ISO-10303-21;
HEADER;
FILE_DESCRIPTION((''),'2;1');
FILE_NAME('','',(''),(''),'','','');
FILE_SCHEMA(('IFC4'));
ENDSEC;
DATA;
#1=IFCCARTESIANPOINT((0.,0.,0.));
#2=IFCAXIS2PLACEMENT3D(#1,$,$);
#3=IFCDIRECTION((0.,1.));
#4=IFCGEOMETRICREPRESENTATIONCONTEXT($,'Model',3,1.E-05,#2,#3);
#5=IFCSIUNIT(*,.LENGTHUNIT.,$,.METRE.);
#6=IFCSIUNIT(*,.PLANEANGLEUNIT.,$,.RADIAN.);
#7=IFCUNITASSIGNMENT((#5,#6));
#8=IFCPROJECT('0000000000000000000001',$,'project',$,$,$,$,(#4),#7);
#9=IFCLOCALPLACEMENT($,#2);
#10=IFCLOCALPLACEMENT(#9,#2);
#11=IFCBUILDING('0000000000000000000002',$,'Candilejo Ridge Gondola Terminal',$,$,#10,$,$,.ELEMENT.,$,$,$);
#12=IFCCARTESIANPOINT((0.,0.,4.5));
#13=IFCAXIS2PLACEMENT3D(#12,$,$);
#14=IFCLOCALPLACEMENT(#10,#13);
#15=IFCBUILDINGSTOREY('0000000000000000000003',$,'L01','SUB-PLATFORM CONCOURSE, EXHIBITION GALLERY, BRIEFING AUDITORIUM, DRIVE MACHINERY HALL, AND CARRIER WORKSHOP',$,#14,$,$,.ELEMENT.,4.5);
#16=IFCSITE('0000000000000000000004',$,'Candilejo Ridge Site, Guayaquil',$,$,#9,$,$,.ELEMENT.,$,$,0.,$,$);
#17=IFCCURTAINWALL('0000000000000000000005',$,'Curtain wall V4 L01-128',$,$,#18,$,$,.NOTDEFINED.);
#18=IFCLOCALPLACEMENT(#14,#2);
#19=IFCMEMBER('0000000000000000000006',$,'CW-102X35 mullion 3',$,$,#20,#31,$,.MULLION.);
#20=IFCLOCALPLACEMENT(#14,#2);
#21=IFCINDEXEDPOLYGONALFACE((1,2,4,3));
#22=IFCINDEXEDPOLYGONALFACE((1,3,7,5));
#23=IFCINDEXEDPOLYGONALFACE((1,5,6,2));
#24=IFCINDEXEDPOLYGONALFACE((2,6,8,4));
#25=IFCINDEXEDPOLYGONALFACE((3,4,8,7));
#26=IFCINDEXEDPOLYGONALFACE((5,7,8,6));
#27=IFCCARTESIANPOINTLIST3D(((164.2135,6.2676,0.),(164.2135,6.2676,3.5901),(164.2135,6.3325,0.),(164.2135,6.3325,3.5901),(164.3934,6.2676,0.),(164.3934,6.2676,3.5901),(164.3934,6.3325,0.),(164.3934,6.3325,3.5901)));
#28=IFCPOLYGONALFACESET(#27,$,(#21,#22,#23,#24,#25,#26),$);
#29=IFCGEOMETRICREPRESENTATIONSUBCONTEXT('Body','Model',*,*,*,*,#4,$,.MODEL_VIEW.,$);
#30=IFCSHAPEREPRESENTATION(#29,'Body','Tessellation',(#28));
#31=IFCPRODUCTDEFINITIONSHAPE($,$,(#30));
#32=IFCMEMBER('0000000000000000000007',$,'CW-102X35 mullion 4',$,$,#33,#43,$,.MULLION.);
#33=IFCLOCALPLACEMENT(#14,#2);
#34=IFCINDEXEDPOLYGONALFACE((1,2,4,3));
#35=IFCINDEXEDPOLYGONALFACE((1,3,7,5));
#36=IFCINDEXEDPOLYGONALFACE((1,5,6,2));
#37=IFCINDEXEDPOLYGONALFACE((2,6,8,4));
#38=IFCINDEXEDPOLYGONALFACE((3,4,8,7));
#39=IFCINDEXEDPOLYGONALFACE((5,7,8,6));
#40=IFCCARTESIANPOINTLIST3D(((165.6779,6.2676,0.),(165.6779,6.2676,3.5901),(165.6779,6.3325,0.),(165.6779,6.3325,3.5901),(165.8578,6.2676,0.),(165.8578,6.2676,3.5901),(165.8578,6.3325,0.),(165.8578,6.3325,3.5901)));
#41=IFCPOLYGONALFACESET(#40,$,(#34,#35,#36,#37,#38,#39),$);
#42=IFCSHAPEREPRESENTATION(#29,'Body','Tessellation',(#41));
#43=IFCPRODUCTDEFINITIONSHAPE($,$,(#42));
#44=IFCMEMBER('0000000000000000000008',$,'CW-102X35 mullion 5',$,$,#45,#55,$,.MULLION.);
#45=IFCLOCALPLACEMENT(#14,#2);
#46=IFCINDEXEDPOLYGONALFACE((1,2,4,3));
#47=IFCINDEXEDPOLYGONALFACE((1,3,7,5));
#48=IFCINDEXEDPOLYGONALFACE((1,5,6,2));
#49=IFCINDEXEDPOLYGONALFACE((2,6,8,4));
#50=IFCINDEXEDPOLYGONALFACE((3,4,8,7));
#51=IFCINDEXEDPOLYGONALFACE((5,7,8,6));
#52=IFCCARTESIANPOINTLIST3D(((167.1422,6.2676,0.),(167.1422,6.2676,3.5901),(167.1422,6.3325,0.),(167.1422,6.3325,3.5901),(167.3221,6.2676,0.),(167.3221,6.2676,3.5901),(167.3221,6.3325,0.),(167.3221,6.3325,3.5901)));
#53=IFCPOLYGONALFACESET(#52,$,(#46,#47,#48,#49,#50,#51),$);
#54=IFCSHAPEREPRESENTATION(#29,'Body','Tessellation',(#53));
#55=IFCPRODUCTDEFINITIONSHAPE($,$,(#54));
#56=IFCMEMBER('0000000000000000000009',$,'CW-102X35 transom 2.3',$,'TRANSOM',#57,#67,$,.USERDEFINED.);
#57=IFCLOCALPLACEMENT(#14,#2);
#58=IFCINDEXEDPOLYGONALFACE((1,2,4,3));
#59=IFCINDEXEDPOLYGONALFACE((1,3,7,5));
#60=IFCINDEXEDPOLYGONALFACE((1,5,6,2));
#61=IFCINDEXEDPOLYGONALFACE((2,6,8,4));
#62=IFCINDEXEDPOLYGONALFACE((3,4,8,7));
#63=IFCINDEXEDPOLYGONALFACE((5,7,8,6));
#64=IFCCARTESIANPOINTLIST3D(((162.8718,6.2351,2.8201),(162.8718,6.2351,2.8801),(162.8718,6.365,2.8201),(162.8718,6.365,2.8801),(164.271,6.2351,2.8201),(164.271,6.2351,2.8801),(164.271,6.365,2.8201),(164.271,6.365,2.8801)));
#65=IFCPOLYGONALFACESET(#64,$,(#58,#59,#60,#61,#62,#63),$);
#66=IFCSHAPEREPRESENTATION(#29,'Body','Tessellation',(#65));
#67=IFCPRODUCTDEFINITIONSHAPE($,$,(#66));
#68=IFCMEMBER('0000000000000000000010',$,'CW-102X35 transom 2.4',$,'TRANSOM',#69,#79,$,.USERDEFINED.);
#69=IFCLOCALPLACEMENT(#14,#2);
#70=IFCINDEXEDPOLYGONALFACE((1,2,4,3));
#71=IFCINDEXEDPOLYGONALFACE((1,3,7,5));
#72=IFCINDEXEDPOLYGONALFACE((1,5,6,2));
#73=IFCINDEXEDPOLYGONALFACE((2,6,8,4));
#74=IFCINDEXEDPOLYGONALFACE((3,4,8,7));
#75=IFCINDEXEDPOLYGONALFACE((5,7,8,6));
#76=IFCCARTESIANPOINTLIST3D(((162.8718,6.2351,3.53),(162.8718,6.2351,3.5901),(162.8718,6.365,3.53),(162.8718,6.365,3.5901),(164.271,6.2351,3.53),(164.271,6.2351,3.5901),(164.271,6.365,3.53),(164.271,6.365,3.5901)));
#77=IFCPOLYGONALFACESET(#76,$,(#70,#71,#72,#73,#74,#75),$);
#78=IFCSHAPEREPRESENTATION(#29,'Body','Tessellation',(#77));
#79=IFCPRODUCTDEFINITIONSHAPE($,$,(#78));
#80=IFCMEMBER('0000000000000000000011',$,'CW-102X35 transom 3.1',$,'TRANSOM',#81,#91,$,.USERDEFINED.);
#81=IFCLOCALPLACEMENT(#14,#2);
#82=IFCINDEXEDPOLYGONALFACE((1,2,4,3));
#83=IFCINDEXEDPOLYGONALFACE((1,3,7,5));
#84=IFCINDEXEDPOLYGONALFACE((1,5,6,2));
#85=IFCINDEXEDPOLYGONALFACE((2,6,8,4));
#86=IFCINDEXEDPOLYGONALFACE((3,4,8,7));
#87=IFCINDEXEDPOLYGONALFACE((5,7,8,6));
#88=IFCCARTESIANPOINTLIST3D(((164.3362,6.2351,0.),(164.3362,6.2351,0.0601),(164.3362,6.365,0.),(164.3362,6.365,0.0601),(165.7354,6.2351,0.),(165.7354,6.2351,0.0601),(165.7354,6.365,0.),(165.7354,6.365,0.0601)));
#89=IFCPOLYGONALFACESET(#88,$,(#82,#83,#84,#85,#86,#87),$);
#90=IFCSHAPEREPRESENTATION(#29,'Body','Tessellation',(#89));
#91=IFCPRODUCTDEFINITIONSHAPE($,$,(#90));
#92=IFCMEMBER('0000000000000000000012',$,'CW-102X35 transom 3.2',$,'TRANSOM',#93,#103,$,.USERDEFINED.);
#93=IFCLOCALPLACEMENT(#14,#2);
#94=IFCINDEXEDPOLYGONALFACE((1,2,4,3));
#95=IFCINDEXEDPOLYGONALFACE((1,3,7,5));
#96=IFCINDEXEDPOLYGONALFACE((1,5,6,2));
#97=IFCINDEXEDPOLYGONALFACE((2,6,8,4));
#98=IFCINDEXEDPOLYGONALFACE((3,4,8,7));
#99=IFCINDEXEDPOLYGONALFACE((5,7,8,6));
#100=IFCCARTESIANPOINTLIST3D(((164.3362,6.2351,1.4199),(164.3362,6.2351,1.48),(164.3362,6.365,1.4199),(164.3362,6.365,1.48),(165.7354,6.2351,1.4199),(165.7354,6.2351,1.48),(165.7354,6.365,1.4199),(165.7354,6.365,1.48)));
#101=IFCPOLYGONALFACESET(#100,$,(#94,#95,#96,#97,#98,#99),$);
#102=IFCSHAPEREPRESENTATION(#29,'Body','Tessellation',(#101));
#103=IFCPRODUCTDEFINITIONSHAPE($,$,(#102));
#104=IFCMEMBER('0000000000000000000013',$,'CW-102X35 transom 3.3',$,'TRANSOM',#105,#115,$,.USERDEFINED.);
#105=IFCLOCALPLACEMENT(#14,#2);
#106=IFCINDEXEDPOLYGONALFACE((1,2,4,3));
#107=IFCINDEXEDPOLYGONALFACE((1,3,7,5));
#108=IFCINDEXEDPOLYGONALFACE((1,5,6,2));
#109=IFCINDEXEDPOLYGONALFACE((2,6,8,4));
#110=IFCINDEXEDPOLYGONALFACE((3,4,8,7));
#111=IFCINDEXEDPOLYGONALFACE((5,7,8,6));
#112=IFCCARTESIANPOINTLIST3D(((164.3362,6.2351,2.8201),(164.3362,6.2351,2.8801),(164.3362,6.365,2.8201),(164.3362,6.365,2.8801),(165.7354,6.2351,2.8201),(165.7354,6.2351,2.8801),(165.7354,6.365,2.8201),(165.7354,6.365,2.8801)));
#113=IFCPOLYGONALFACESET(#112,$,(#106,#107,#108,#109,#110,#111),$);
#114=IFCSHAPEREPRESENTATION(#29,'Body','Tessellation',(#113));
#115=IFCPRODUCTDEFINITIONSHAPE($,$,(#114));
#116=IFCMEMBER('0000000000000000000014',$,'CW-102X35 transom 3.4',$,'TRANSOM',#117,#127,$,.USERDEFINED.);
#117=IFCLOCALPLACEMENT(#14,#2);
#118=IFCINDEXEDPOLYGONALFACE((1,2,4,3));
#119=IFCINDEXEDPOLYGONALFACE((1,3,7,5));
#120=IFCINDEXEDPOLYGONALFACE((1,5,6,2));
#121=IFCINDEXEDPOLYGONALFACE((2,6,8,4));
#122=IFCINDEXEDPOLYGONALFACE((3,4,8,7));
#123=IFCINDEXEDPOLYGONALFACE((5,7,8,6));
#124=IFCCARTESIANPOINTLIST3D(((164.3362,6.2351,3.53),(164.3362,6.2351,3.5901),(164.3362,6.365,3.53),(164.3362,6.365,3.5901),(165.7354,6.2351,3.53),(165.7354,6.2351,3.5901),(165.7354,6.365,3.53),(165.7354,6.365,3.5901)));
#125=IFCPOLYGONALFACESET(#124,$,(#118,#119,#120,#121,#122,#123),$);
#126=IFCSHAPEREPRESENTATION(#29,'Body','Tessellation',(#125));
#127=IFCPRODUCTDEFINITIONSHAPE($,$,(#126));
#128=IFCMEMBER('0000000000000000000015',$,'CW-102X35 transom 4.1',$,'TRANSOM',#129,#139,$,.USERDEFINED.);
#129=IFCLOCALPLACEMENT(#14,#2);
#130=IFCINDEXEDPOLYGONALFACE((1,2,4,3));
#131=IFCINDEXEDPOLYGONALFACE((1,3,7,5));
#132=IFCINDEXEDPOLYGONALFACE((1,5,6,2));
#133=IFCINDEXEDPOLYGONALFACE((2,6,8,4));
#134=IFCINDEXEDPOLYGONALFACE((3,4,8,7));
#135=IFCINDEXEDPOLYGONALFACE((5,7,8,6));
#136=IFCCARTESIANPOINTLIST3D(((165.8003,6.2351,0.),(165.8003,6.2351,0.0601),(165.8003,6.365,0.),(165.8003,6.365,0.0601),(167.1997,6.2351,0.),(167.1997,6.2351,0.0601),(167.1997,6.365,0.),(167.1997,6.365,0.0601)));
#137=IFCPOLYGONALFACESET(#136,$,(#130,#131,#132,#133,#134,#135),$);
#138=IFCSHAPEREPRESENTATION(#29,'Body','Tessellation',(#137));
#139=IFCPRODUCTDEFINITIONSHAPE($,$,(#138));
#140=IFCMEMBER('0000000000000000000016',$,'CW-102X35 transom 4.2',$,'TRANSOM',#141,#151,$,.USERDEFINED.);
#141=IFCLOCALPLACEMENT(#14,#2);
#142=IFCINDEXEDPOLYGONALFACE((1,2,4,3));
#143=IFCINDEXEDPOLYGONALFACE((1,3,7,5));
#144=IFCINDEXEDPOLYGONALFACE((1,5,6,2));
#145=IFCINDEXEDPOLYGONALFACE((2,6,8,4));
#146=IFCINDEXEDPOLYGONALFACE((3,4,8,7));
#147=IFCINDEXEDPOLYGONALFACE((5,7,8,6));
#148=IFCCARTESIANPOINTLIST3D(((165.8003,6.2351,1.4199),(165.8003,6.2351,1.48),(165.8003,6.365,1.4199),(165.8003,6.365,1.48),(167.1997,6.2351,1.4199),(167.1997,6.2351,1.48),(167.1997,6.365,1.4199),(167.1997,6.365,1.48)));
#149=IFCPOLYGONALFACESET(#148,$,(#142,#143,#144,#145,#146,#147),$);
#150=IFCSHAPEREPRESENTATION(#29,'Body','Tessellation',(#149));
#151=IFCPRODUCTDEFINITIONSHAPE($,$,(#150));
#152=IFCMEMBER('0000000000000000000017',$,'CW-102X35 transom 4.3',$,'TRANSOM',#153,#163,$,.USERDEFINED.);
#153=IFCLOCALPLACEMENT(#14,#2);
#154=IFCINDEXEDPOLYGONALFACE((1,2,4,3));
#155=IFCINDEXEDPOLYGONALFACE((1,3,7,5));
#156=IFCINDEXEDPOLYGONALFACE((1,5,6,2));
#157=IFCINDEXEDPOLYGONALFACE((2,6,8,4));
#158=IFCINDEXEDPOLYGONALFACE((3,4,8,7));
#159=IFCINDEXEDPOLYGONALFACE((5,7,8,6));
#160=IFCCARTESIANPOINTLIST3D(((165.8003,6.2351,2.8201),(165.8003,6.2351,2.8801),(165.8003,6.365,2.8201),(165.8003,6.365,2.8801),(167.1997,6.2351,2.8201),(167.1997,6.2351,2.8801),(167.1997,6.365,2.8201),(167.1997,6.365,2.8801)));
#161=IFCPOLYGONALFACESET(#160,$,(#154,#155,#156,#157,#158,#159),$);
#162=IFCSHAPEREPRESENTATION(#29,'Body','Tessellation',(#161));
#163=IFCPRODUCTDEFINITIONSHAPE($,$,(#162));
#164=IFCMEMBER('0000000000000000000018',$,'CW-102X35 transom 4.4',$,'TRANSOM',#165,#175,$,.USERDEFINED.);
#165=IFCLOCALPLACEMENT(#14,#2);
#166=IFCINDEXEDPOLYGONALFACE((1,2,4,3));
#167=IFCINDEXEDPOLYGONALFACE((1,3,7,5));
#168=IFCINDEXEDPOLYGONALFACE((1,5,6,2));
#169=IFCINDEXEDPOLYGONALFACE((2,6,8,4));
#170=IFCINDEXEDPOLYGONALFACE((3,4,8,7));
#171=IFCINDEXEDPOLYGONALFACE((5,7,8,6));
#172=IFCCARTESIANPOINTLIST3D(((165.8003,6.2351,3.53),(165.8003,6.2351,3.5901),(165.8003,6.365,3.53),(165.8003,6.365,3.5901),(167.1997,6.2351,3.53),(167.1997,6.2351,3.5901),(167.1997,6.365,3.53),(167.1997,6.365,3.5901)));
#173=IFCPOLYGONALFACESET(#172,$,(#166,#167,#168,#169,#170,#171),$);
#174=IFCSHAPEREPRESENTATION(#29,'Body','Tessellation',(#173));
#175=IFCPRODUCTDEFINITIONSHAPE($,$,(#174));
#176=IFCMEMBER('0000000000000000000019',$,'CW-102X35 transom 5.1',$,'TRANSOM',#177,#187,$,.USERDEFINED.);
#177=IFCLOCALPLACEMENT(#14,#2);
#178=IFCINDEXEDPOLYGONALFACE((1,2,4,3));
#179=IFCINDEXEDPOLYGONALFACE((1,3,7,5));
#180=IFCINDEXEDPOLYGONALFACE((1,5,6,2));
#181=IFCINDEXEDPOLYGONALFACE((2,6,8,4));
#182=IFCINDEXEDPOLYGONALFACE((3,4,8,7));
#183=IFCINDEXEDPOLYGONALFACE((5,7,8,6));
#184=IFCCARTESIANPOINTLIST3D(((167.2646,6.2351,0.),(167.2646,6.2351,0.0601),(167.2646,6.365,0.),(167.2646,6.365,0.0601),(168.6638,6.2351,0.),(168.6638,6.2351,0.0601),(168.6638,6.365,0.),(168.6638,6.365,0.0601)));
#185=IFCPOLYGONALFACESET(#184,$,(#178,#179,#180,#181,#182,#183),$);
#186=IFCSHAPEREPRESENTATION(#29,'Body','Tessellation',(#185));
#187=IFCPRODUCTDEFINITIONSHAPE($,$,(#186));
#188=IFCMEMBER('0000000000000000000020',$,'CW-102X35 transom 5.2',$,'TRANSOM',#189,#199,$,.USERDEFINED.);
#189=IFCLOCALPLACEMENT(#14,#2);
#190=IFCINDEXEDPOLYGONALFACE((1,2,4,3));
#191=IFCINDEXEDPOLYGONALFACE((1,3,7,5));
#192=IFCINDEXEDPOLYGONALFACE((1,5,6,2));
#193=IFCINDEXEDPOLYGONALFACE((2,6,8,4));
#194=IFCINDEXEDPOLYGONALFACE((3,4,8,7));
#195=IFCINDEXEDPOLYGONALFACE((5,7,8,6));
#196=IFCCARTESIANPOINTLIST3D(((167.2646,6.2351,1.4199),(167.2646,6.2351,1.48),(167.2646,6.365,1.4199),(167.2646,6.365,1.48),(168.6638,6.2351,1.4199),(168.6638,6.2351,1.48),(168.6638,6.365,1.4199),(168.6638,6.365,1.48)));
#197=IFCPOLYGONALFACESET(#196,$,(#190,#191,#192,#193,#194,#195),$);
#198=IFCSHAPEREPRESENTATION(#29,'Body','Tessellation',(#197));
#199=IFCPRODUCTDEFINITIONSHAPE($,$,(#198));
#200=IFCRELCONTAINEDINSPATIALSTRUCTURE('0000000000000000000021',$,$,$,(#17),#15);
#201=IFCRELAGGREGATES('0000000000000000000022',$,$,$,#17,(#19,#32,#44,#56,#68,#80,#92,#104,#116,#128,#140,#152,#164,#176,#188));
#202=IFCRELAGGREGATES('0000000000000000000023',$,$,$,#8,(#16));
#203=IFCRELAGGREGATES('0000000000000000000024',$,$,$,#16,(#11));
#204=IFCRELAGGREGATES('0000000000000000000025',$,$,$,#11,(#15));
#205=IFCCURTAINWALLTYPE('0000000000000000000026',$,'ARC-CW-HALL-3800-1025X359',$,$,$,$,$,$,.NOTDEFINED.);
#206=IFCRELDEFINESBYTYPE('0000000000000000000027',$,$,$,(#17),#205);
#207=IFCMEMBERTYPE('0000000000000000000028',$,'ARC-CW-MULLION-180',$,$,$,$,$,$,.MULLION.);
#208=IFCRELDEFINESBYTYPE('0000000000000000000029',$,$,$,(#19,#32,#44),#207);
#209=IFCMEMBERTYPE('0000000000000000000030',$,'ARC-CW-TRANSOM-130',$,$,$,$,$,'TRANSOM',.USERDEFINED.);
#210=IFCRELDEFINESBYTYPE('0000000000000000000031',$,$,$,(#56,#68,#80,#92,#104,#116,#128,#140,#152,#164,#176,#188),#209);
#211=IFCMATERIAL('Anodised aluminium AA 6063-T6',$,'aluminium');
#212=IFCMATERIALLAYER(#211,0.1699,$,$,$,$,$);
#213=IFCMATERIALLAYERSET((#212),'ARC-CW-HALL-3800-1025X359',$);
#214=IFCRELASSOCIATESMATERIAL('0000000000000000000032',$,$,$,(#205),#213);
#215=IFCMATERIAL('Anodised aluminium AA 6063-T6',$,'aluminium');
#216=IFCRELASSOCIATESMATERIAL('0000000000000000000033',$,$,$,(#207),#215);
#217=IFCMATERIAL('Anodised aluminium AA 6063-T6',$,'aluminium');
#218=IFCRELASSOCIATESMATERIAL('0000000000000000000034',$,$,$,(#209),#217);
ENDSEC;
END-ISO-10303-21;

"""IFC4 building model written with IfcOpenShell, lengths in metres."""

from ifc_helpers import new_model, si_unit, direction, frame, origin, origin_2d, place, context, subcontext, project, spatial, rectangle, extrude, material, layer, layer_set, material_profile, profile_set, type_object, element, aggregate, save


model = new_model("IFC4")

# Units and contexts
model_context = context("Model", 3, precision=1e-05, world=origin(), true_north=direction((0.0, 1.0)))
body_context = subcontext(model_context, "Body", "Model", "MODEL_VIEW")
ifc_project = project(units=[si_unit("LENGTHUNIT", "METRE"), si_unit("PLANEANGLEUNIT", "RADIAN")], contexts=[model_context])

# Site, building, storey
site_placement = place(None, origin())
site = spatial("IfcSite", under=ifc_project, at=site_placement, Name="Candilejo Ridge Site, Guayaquil", CompositionType="ELEMENT", RefElevation=0.0)
building_placement = place(site_placement, origin())
building = spatial("IfcBuilding", under=site, at=building_placement, Name="Candilejo Ridge Gondola Terminal", CompositionType="ELEMENT")
storey_placement = place(building_placement, frame((0.0, 0.0, 4.5)))
storey = spatial("IfcBuildingStorey", under=building, at=storey_placement, Name="L01", Description="SUB-PLATFORM CONCOURSE, EXHIBITION GALLERY, BRIEFING AUDITORIUM, DRIVE MACHINERY HALL, AND CARRIER WORKSHOP", CompositionType="ELEMENT", Elevation=4.5)

# Curtain wall, members
ifc_material_1 = material(Name="Anodised aluminium AA 6063-T6", Category="aluminium")
ifc_layer_1 = layer(ifc_material_1, 0.1699)
ifc_layer_set_1 = layer_set([ifc_layer_1], Name="ARC-CW-HALL-3800-1025X359")
curtain_wall_type = type_object("IfcCurtainWallType", Name="ARC-CW-HALL-3800-1025X359", PredefinedType="NOTDEFINED", material=ifc_layer_set_1)
curtain_wall_placement = place(storey_placement, origin())
curtain_wall = element("IfcCurtainWall", 1, at=curtain_wall_placement, inside=storey, type_object=curtain_wall_type, Name="Curtain wall V4 L01-128", PredefinedType="NOTDEFINED")
ifc_material_2 = material(Name="Anodised aluminium AA 6063-T6", Category="aluminium")
ifc_material_profile_1 = material_profile(ifc_material_2, rectangle(XDim=0.0649, YDim=0.1799, at=origin_2d()))
ifc_profile_set_1 = profile_set([ifc_material_profile_1], Name="Anodised aluminium AA 6063-T6")
member_type_1 = type_object("IfcMemberType", Name="ARC-CW-MULLION-180", PredefinedType="MULLION", material=ifc_profile_set_1)
member_1_placement = place(storey_placement, frame((164.3035, 6.3, 0.0), z_axis=(0.0, 0.0, 1.0), x_axis=(0.0, 1.0, 0.0)))
member_1 = element("IfcMember", 2, at=member_1_placement, type_object=member_type_1, Name="CW-102X35 mullion 3", PredefinedType="MULLION", context=body_context, shape_type="SweptSolid", body=[
    extrude(rectangle(XDim=0.0649, YDim=0.1799, at=origin_2d()), origin(), (0.0, 0.0, 1.0), 3.5901),
])
member_2_placement = place(storey_placement, frame((165.7678, 6.3, 0.0), z_axis=(0.0, 0.0, 1.0), x_axis=(0.0, 1.0, 0.0)))
member_2 = element("IfcMember", 3, at=member_2_placement, type_object=member_type_1, Name="CW-102X35 mullion 4", PredefinedType="MULLION", context=body_context, shape_type="SweptSolid", body=[
    extrude(rectangle(XDim=0.0649, YDim=0.1799, at=origin_2d()), origin(), (0.0, 0.0, 1.0), 3.5901),
])
member_3_placement = place(storey_placement, frame((167.2322, 6.3, 0.0), z_axis=(0.0, 0.0, 1.0), x_axis=(0.0, 1.0, 0.0)))
member_3 = element("IfcMember", 4, at=member_3_placement, type_object=member_type_1, Name="CW-102X35 mullion 5", PredefinedType="MULLION", context=body_context, shape_type="SweptSolid", body=[
    extrude(rectangle(XDim=0.0649, YDim=0.1799, at=origin_2d()), origin(), (0.0, 0.0, 1.0), 3.5901),
])
ifc_material_3 = material(Name="Anodised aluminium AA 6063-T6", Category="aluminium")
ifc_material_profile_2 = material_profile(ifc_material_3, rectangle(XDim=0.1299, YDim=0.0601, at=origin_2d()))
ifc_profile_set_2 = profile_set([ifc_material_profile_2], Name="Anodised aluminium AA 6063-T6")
member_type_2 = type_object("IfcMemberType", Name="ARC-CW-TRANSOM-130", ElementType="TRANSOM", PredefinedType="USERDEFINED", material=ifc_profile_set_2)
member_4_placement = place(storey_placement, frame((162.8718, 6.3, 2.8501), z_axis=(1.0, 0.0, 0.0), x_axis=(0.0, 1.0, 0.0)))
member_4 = element("IfcMember", 5, at=member_4_placement, type_object=member_type_2, Name="CW-102X35 transom 2.3", ObjectType="TRANSOM", PredefinedType="USERDEFINED", context=body_context, shape_type="SweptSolid", body=[
    extrude(rectangle(XDim=0.1299, YDim=0.0601, at=origin_2d()), origin(), (0.0, 0.0, 1.0), 1.3992),
])
member_5_placement = place(storey_placement, frame((162.8718, 6.3, 3.5601), z_axis=(1.0, 0.0, 0.0), x_axis=(0.0, 1.0, 0.0)))
member_5 = element("IfcMember", 6, at=member_5_placement, type_object=member_type_2, Name="CW-102X35 transom 2.4", ObjectType="TRANSOM", PredefinedType="USERDEFINED", context=body_context, shape_type="SweptSolid", body=[
    extrude(rectangle(XDim=0.1299, YDim=0.0601, at=origin_2d()), origin(), (0.0, 0.0, 1.0), 1.3992),
])
member_6_placement = place(storey_placement, frame((164.3362, 6.3, 0.03), z_axis=(1.0, 0.0, 0.0), x_axis=(0.0, 1.0, 0.0)))
member_6 = element("IfcMember", 7, at=member_6_placement, type_object=member_type_2, Name="CW-102X35 transom 3.1", ObjectType="TRANSOM", PredefinedType="USERDEFINED", context=body_context, shape_type="SweptSolid", body=[
    extrude(rectangle(XDim=0.1299, YDim=0.0601, at=origin_2d()), origin(), (0.0, 0.0, 1.0), 1.3992),
])
member_7_placement = place(storey_placement, frame((164.3362, 6.3, 1.45), z_axis=(1.0, 0.0, 0.0), x_axis=(0.0, 1.0, 0.0)))
member_7 = element("IfcMember", 8, at=member_7_placement, type_object=member_type_2, Name="CW-102X35 transom 3.2", ObjectType="TRANSOM", PredefinedType="USERDEFINED", context=body_context, shape_type="SweptSolid", body=[
    extrude(rectangle(XDim=0.1299, YDim=0.0601, at=origin_2d()), origin(), (0.0, 0.0, 1.0), 1.3992),
])
member_8_placement = place(storey_placement, frame((164.3362, 6.3, 2.8501), z_axis=(1.0, 0.0, 0.0), x_axis=(0.0, 1.0, 0.0)))
member_8 = element("IfcMember", 9, at=member_8_placement, type_object=member_type_2, Name="CW-102X35 transom 3.3", ObjectType="TRANSOM", PredefinedType="USERDEFINED", context=body_context, shape_type="SweptSolid", body=[
    extrude(rectangle(XDim=0.1299, YDim=0.0601, at=origin_2d()), origin(), (0.0, 0.0, 1.0), 1.3992),
])
member_9_placement = place(storey_placement, frame((164.3362, 6.3, 3.5601), z_axis=(1.0, 0.0, 0.0), x_axis=(0.0, 1.0, 0.0)))
member_9 = element("IfcMember", 10, at=member_9_placement, type_object=member_type_2, Name="CW-102X35 transom 3.4", ObjectType="TRANSOM", PredefinedType="USERDEFINED", context=body_context, shape_type="SweptSolid", body=[
    extrude(rectangle(XDim=0.1299, YDim=0.0601, at=origin_2d()), origin(), (0.0, 0.0, 1.0), 1.3992),
])
member_10_placement = place(storey_placement, frame((165.8003, 6.3, 0.03), z_axis=(1.0, 0.0, 0.0), x_axis=(0.0, 1.0, 0.0)))
member_10 = element("IfcMember", 11, at=member_10_placement, type_object=member_type_2, Name="CW-102X35 transom 4.1", ObjectType="TRANSOM", PredefinedType="USERDEFINED", context=body_context, shape_type="SweptSolid", body=[
    extrude(rectangle(XDim=0.1299, YDim=0.0601, at=origin_2d()), origin(), (0.0, 0.0, 1.0), 1.3994),
])
member_11_placement = place(storey_placement, frame((165.8003, 6.3, 1.45), z_axis=(1.0, 0.0, 0.0), x_axis=(0.0, 1.0, 0.0)))
member_11 = element("IfcMember", 12, at=member_11_placement, type_object=member_type_2, Name="CW-102X35 transom 4.2", ObjectType="TRANSOM", PredefinedType="USERDEFINED", context=body_context, shape_type="SweptSolid", body=[
    extrude(rectangle(XDim=0.1299, YDim=0.0601, at=origin_2d()), origin(), (0.0, 0.0, 1.0), 1.3994),
])
member_12_placement = place(storey_placement, frame((165.8003, 6.3, 2.8501), z_axis=(1.0, 0.0, 0.0), x_axis=(0.0, 1.0, 0.0)))
member_12 = element("IfcMember", 13, at=member_12_placement, type_object=member_type_2, Name="CW-102X35 transom 4.3", ObjectType="TRANSOM", PredefinedType="USERDEFINED", context=body_context, shape_type="SweptSolid", body=[
    extrude(rectangle(XDim=0.1299, YDim=0.0601, at=origin_2d()), origin(), (0.0, 0.0, 1.0), 1.3994),
])
member_13_placement = place(storey_placement, frame((165.8003, 6.3, 3.5601), z_axis=(1.0, 0.0, 0.0), x_axis=(0.0, 1.0, 0.0)))
member_13 = element("IfcMember", 14, at=member_13_placement, type_object=member_type_2, Name="CW-102X35 transom 4.4", ObjectType="TRANSOM", PredefinedType="USERDEFINED", context=body_context, shape_type="SweptSolid", body=[
    extrude(rectangle(XDim=0.1299, YDim=0.0601, at=origin_2d()), origin(), (0.0, 0.0, 1.0), 1.3994),
])
member_14_placement = place(storey_placement, frame((167.2646, 6.3, 0.03), z_axis=(1.0, 0.0, 0.0), x_axis=(0.0, 1.0, 0.0)))
member_14 = element("IfcMember", 15, at=member_14_placement, type_object=member_type_2, Name="CW-102X35 transom 5.1", ObjectType="TRANSOM", PredefinedType="USERDEFINED", context=body_context, shape_type="SweptSolid", body=[
    extrude(rectangle(XDim=0.1299, YDim=0.0601, at=origin_2d()), origin(), (0.0, 0.0, 1.0), 1.3992),
])
member_15_placement = place(storey_placement, frame((167.2646, 6.3, 1.45), z_axis=(1.0, 0.0, 0.0), x_axis=(0.0, 1.0, 0.0)))
member_15 = element("IfcMember", 16, at=member_15_placement, type_object=member_type_2, Name="CW-102X35 transom 5.2", ObjectType="TRANSOM", PredefinedType="USERDEFINED", context=body_context, shape_type="SweptSolid", body=[
    extrude(rectangle(XDim=0.1299, YDim=0.0601, at=origin_2d()), origin(), (0.0, 0.0, 1.0), 1.3992),
])
aggregate(curtain_wall, [member_1, member_2, member_3, member_4, member_5, member_6, member_7, member_8, member_9, member_10, member_11, member_12, member_13, member_14, member_15])

save(model, "model.ifc")
